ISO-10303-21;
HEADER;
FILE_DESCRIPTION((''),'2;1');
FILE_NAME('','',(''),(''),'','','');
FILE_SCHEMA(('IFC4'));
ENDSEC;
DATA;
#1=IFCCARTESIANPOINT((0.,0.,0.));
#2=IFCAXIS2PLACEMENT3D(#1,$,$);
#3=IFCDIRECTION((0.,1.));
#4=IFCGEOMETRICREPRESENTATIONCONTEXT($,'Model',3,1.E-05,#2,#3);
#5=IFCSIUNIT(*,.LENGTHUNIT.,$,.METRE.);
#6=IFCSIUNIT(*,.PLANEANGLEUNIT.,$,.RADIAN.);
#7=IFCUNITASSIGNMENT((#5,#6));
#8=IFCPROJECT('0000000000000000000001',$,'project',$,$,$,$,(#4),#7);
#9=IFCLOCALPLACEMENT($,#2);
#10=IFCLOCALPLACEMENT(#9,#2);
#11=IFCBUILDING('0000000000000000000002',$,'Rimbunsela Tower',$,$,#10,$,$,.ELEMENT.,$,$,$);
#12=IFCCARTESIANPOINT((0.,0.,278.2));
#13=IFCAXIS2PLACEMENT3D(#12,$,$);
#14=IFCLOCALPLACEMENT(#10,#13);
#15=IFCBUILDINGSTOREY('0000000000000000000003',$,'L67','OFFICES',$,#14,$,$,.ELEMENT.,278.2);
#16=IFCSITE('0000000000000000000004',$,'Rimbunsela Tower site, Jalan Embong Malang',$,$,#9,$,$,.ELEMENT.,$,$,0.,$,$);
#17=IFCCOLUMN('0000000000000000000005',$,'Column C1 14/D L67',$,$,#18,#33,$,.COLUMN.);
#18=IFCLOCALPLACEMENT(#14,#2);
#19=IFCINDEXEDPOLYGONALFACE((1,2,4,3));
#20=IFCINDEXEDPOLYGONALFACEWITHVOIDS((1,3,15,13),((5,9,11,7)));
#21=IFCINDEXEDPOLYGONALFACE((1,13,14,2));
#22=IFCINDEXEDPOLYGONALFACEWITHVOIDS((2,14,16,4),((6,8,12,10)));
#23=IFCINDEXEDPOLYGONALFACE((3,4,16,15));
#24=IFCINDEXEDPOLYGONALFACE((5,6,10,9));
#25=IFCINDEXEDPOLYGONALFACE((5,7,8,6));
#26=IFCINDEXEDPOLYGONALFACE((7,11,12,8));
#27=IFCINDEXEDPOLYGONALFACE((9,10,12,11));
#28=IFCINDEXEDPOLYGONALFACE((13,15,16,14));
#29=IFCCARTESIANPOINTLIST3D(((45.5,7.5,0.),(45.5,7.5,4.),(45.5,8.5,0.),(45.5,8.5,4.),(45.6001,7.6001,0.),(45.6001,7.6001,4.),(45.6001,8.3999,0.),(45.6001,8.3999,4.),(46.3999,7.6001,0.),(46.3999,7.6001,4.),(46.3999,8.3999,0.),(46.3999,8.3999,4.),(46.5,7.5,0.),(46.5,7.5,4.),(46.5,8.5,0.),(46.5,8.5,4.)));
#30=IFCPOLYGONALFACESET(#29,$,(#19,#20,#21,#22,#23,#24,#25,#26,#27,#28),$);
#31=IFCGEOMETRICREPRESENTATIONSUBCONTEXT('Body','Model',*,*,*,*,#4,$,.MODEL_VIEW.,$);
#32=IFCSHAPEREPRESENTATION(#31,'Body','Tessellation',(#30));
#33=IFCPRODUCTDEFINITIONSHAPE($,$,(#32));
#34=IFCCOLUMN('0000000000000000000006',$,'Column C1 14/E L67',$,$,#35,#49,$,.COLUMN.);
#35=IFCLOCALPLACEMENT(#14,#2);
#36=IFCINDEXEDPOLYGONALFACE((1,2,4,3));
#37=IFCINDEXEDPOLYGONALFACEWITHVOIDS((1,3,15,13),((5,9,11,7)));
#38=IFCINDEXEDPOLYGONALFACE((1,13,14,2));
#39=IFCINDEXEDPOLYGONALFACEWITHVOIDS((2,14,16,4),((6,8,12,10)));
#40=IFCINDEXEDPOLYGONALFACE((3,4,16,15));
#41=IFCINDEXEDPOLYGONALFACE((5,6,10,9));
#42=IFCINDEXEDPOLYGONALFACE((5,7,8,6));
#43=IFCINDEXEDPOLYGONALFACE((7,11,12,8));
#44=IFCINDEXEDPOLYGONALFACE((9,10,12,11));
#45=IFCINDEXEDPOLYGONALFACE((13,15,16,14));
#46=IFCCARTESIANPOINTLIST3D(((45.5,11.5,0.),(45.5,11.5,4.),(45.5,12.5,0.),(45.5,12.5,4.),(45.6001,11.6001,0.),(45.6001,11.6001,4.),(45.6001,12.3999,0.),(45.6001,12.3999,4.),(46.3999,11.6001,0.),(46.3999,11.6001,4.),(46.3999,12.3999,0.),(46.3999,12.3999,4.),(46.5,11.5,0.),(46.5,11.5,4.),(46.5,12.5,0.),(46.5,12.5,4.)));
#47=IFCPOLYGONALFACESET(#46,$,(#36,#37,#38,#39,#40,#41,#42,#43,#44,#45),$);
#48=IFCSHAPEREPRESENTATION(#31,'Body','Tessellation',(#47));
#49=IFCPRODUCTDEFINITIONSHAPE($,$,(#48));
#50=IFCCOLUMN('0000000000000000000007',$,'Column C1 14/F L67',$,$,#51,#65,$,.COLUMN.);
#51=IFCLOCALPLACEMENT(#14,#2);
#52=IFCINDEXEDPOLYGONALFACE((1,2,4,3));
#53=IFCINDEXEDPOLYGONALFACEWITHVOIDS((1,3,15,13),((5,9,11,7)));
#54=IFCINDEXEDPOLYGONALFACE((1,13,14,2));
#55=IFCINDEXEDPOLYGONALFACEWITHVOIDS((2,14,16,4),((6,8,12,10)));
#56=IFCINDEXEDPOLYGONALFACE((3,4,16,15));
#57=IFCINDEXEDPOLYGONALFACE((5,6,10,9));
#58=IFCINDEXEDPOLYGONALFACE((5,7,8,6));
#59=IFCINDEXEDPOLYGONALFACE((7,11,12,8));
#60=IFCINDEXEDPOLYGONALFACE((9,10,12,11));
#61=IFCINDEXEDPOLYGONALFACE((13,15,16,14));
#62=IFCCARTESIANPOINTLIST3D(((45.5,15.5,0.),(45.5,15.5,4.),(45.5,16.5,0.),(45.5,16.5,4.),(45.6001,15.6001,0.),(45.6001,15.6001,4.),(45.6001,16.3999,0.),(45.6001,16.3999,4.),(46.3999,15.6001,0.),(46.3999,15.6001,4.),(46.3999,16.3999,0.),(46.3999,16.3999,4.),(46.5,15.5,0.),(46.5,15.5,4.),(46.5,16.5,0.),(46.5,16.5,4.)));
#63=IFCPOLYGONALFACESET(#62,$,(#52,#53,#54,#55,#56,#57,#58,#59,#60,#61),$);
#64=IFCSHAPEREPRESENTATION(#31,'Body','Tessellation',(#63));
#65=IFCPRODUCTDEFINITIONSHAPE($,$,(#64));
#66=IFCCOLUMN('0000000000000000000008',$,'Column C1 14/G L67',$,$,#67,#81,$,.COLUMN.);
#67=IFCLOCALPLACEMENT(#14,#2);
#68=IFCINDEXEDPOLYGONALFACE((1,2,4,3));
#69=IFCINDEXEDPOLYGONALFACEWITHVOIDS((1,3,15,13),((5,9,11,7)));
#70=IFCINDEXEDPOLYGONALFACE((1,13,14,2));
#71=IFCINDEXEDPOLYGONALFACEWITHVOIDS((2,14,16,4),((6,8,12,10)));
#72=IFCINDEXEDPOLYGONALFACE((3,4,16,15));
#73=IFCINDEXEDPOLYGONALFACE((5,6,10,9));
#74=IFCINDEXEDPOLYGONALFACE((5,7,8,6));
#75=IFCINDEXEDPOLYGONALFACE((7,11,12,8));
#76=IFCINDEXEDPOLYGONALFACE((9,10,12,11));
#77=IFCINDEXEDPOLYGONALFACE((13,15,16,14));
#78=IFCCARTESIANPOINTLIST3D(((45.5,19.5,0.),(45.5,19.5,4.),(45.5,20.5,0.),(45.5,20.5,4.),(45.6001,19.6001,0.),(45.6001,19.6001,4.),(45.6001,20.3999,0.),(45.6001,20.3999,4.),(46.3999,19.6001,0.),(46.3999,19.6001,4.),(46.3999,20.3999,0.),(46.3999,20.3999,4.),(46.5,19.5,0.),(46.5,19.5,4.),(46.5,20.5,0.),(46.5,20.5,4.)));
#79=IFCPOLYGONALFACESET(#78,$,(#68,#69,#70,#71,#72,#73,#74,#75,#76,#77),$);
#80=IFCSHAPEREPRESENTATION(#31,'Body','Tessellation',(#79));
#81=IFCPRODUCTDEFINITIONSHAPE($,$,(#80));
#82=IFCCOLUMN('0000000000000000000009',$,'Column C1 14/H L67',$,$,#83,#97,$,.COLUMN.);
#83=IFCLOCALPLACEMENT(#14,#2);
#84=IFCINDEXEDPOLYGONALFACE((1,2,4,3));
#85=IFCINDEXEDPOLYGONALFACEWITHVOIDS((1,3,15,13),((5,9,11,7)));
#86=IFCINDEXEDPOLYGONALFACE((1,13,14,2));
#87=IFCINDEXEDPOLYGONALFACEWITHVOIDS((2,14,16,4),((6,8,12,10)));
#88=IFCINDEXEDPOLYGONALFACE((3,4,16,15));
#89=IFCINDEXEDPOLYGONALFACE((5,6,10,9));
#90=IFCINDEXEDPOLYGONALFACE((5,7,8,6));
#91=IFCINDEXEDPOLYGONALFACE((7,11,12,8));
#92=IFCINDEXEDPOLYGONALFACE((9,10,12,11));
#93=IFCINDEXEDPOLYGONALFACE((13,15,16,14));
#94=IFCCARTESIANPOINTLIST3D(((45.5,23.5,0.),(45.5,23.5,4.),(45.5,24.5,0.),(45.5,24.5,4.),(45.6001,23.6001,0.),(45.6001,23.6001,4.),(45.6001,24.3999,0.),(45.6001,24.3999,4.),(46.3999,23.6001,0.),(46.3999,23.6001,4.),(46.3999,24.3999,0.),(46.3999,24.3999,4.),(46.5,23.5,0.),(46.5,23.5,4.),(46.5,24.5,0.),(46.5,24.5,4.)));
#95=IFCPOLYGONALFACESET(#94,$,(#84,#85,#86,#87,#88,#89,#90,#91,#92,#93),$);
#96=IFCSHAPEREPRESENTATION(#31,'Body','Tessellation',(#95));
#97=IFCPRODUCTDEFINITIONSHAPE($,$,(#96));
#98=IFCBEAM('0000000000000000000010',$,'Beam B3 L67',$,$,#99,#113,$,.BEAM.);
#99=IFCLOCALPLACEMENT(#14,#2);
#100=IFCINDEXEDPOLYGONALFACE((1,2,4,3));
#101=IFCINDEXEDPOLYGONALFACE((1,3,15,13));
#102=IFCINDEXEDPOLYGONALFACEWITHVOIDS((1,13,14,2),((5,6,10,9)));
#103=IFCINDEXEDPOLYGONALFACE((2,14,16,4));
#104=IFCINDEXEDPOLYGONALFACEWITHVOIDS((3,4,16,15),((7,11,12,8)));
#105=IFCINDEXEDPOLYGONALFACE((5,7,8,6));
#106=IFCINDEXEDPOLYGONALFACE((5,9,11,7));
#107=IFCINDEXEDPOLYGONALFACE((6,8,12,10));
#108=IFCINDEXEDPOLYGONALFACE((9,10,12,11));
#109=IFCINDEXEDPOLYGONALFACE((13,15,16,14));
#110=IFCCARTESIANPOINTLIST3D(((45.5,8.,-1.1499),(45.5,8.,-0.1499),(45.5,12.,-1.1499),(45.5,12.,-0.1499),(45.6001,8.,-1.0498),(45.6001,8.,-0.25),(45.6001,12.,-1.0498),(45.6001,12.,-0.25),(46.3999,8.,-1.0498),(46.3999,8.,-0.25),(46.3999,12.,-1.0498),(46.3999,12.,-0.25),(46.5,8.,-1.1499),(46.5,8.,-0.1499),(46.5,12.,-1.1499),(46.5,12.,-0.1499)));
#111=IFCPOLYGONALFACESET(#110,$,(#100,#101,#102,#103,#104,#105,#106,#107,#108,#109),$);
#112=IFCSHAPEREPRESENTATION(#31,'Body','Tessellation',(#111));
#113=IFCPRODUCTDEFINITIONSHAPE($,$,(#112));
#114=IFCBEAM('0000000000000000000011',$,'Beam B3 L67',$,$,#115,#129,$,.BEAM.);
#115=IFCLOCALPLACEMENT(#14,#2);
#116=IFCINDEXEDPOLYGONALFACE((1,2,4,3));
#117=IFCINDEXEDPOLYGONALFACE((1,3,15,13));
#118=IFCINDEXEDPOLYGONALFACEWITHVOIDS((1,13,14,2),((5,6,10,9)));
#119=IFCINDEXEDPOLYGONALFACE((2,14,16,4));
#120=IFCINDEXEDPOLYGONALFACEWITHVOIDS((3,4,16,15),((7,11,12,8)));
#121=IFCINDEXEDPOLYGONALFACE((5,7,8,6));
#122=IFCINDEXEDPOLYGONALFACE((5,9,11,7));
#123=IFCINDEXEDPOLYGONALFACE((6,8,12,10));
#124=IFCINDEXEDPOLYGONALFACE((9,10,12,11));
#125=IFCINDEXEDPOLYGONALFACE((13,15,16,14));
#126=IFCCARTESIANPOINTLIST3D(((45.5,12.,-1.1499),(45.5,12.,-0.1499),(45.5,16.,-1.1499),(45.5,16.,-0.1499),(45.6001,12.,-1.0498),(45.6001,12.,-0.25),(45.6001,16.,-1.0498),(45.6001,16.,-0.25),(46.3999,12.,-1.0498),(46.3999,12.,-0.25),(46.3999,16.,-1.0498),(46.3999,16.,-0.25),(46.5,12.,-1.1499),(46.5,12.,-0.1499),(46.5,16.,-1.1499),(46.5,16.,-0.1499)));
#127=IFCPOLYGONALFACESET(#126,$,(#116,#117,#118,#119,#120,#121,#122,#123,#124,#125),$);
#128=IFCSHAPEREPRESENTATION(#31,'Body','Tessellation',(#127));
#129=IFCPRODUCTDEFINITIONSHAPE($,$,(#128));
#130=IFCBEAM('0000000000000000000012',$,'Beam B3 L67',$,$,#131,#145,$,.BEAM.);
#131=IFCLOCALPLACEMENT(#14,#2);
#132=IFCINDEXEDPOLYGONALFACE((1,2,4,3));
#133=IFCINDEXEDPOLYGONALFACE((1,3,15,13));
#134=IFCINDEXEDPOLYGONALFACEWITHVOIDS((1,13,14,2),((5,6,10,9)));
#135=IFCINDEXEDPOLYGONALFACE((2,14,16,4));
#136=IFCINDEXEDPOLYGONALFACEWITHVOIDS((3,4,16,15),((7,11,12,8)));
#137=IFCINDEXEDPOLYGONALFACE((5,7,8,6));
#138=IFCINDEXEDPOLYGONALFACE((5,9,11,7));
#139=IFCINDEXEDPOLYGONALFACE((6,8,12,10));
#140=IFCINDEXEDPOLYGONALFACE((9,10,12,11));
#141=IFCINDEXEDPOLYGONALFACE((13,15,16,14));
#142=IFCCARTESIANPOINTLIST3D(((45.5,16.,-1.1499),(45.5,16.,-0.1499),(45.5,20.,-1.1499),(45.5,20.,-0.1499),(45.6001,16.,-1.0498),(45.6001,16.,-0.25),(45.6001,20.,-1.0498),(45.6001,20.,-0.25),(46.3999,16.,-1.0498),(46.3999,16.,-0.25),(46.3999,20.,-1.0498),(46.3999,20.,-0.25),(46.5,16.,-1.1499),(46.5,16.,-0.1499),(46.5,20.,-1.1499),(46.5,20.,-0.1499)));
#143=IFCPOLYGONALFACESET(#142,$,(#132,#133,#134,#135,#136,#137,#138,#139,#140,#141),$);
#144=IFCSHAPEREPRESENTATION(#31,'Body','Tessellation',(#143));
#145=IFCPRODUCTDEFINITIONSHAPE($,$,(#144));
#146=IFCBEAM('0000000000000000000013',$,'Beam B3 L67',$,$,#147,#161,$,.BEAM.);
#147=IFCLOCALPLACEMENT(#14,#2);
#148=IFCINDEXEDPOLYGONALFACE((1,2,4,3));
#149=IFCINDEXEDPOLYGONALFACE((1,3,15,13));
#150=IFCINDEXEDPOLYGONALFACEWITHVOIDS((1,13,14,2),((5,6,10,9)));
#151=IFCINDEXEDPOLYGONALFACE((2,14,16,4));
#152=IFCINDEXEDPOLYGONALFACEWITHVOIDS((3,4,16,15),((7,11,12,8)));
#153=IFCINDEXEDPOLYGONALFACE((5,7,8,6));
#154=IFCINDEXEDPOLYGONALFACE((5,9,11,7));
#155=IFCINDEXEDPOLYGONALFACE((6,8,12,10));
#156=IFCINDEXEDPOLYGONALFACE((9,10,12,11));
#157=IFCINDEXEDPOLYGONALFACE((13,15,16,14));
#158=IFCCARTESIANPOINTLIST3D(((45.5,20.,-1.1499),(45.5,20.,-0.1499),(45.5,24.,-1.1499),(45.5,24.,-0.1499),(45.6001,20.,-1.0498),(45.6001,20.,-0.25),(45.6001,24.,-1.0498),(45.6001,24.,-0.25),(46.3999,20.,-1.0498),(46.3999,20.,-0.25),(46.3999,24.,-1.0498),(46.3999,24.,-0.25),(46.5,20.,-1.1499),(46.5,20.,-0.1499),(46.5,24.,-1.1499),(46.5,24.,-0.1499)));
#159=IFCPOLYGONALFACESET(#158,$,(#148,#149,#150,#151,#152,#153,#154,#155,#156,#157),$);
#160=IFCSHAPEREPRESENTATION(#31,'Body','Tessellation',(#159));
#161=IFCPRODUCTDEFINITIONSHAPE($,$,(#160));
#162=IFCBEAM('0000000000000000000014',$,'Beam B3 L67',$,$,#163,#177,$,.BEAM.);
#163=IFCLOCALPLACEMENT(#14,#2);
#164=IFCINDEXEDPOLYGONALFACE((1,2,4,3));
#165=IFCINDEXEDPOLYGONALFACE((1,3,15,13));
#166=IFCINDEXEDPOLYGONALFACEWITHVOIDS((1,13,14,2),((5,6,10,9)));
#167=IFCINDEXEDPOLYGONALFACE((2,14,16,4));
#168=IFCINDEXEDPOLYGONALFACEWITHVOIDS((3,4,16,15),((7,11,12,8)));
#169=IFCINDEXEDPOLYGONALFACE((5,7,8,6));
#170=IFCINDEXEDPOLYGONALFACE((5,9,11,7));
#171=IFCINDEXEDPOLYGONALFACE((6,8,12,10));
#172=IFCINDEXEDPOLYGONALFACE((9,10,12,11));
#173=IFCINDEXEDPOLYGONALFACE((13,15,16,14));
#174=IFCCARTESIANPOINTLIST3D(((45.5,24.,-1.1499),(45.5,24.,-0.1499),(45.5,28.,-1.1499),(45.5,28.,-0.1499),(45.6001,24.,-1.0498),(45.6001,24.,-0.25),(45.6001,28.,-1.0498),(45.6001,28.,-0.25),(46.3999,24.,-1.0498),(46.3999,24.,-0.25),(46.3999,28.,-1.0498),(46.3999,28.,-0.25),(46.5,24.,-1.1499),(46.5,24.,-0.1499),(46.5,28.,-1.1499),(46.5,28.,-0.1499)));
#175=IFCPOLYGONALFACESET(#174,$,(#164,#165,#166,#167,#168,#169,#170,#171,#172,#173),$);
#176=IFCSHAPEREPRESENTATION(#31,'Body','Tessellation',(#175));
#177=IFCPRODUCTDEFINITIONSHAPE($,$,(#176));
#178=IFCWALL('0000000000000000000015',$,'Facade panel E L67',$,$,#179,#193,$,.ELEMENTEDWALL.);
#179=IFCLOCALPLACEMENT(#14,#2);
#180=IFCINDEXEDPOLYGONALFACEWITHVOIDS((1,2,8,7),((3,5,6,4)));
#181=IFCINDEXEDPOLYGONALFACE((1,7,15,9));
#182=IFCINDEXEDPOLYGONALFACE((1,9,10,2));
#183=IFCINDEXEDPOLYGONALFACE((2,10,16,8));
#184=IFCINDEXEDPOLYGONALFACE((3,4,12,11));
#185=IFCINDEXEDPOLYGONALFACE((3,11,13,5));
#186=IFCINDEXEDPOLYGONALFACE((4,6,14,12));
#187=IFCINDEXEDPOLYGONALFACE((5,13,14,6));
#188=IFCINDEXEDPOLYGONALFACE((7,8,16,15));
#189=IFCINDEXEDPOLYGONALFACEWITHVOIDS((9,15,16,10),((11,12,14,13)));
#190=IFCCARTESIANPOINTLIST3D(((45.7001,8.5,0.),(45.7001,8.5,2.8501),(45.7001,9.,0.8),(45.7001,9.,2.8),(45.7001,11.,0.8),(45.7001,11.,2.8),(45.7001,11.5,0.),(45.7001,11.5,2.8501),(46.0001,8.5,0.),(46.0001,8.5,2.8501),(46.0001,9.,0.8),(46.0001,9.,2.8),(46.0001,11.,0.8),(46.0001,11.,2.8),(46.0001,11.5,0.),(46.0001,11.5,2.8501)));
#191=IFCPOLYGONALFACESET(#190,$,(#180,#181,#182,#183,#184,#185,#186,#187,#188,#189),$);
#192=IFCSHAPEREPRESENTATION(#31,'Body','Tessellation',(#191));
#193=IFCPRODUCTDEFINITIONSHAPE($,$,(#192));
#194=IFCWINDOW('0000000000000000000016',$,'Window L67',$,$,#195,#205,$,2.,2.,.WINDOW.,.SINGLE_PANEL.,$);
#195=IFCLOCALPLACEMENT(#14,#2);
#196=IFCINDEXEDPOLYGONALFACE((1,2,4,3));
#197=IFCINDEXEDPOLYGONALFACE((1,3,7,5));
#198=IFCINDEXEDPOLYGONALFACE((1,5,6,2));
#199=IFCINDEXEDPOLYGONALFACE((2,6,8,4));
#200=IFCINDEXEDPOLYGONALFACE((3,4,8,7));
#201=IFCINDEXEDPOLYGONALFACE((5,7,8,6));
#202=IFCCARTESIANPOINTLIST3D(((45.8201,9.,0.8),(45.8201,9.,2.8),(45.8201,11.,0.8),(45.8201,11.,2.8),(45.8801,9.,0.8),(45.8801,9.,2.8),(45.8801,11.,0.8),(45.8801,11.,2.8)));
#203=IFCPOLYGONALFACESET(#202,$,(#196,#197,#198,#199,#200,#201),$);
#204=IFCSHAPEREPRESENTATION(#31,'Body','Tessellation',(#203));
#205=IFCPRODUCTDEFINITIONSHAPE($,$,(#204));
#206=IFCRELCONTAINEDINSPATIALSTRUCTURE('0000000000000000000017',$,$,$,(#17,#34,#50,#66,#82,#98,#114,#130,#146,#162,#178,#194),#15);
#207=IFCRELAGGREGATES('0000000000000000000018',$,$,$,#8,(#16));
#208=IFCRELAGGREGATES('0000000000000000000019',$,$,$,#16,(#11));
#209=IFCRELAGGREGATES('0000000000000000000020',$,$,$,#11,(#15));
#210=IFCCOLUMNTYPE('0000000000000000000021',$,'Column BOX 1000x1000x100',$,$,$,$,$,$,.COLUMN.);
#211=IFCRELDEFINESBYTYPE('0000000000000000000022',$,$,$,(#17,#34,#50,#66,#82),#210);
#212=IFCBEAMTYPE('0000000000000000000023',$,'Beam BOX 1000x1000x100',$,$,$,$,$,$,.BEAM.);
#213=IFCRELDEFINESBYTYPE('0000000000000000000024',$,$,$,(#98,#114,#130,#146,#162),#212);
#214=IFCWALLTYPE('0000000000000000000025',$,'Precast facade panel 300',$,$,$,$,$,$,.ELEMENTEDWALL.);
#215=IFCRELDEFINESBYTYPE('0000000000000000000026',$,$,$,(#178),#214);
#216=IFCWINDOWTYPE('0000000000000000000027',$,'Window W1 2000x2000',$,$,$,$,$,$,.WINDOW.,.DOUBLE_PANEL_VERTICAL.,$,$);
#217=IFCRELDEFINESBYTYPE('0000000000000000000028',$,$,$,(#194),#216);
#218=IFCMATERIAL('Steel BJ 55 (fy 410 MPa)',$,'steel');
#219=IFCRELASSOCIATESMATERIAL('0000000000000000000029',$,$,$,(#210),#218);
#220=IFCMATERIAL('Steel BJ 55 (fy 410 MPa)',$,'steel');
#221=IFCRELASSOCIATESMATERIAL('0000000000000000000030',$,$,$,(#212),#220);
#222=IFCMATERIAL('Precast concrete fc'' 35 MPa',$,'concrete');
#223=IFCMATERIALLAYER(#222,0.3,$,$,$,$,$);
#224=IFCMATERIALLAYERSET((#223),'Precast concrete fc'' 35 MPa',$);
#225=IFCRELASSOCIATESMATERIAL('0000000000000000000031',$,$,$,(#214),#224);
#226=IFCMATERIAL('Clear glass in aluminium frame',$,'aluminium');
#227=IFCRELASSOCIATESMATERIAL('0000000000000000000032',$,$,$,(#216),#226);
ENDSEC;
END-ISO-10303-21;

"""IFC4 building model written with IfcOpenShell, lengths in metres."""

from ifc_helpers import new_model, si_unit, direction, frame, frame_2d, origin, origin_2d, place, context, subcontext, project, spatial, rectangle, hollow_rectangle, extrude, material, layer, layer_set, material_profile, profile_set, type_object, element, fill, save


model = new_model("IFC4")

# Units and contexts
model_context = context("Model", 3, precision=1e-05, world=origin(), true_north=direction((0.0, 1.0)))
body_context = subcontext(model_context, "Body", "Model", "MODEL_VIEW")
ifc_project = project(units=[si_unit("LENGTHUNIT", "METRE"), si_unit("PLANEANGLEUNIT", "RADIAN")], contexts=[model_context])

# Site, building, storey
site_placement = place(None, origin())
site = spatial("IfcSite", under=ifc_project, at=site_placement, Name="Rimbunsela Tower site, Jalan Embong Malang", CompositionType="ELEMENT", RefElevation=0.0)
building_placement = place(site_placement, origin())
building = spatial("IfcBuilding", under=site, at=building_placement, Name="Rimbunsela Tower", CompositionType="ELEMENT")
storey_placement = place(building_placement, frame((0.0, 0.0, 278.2)))
storey = spatial("IfcBuildingStorey", under=building, at=storey_placement, Name="L67", Description="OFFICES", CompositionType="ELEMENT", Elevation=278.2)

# Columns
ifc_material_1 = material(Name="Steel BJ 55 (fy 410 MPa)", Category="steel")
ifc_material_profile_1 = material_profile(ifc_material_1, hollow_rectangle(XDim=1.0, YDim=1.0, WallThickness=0.1001, at=origin_2d()), Name="BOX 1000x1000x100")
ifc_profile_set_1 = profile_set([ifc_material_profile_1], Name="Steel BJ 55 (fy 410 MPa)")
column_type = type_object("IfcColumnType", Name="Column BOX 1000x1000x100", PredefinedType="COLUMN", material=ifc_profile_set_1)
for number, where, z_axis, x_axis, name in (
    (1, (46.0, 8.0, 0.0), (0.0, 0.0, 1.0), (1.0, 0.0, 0.0), "Column C1 14/D L67"),
    (2, (46.0, 12.0, 0.0), (0.0, 0.0, 1.0), (1.0, 0.0, 0.0), "Column C1 14/E L67"),
    (3, (46.0, 16.0, 0.0), (0.0, 0.0, 1.0), (1.0, 0.0, 0.0), "Column C1 14/F L67"),
    (4, (46.0, 20.0, 0.0), (0.0, 0.0, 1.0), (1.0, 0.0, 0.0), "Column C1 14/G L67"),
    (5, (46.0, 24.0, 0.0), (0.0, 0.0, 1.0), (1.0, 0.0, 0.0), "Column C1 14/H L67"),
):
    element("IfcColumn", number, at=place(storey_placement, frame(where, z_axis=z_axis, x_axis=x_axis)), inside=storey, type_object=column_type, Name=name, PredefinedType="COLUMN", context=body_context, shape_type="SweptSolid", body=[
        extrude(hollow_rectangle(XDim=1.0, YDim=1.0, WallThickness=0.1001, at=origin_2d()), origin(), (0.0, 0.0, 1.0), 4.0),
    ])

# Beams
ifc_material_2 = material(Name="Steel BJ 55 (fy 410 MPa)", Category="steel")
ifc_material_profile_2 = material_profile(ifc_material_2, hollow_rectangle(XDim=1.0, YDim=1.0, WallThickness=0.1001, at=origin_2d()), Name="BOX 1000x1000x100")
ifc_profile_set_2 = profile_set([ifc_material_profile_2], Name="Steel BJ 55 (fy 410 MPa)")
beam_type = type_object("IfcBeamType", Name="Beam BOX 1000x1000x100", PredefinedType="BEAM", material=ifc_profile_set_2)
for number, where, z_axis, x_axis, name in (
    (6, (46.0, 8.0, -0.6499), (0.0, 1.0, 0.0), (-1.0, 0.0, 0.0), "Beam B3 L67"),
    (7, (46.0, 12.0, -0.6499), (0.0, 1.0, 0.0), (-1.0, 0.0, 0.0), "Beam B3 L67"),
    (8, (46.0, 16.0, -0.6499), (0.0, 1.0, 0.0), (-1.0, 0.0, 0.0), "Beam B3 L67"),
    (9, (46.0, 20.0, -0.6499), (0.0, 1.0, 0.0), (-1.0, 0.0, 0.0), "Beam B3 L67"),
    (10, (46.0, 24.0, -0.6499), (0.0, 1.0, 0.0), (-1.0, 0.0, 0.0), "Beam B3 L67"),
):
    element("IfcBeam", number, at=place(storey_placement, frame(where, z_axis=z_axis, x_axis=x_axis)), inside=storey, type_object=beam_type, Name=name, PredefinedType="BEAM", context=body_context, shape_type="SweptSolid", body=[
        extrude(hollow_rectangle(XDim=1.0, YDim=1.0, WallThickness=0.1001, at=origin_2d()), origin(), (0.0, 0.0, 1.0), 4.0),
    ])

# Wall, opening, window
ifc_material_3 = material(Name="Precast concrete fc' 35 MPa", Category="concrete")
ifc_layer_1 = layer(ifc_material_3, 0.3)
ifc_layer_set_1 = layer_set([ifc_layer_1], Name="Precast concrete fc' 35 MPa")
wall_type_1 = type_object("IfcWallType", Name="Precast facade panel 300", PredefinedType="ELEMENTEDWALL", material=ifc_layer_set_1)
wall_1_placement = place(storey_placement, frame((45.8501, 8.5, 0.0), z_axis=(0.0, 0.0, 1.0), x_axis=(0.0, 1.0, 0.0)))
wall_1 = element("IfcWall", 11, at=wall_1_placement, inside=storey, type_object=wall_type_1, Name="Facade panel E L67", PredefinedType="ELEMENTEDWALL", context=body_context, shape_type="SweptSolid", body=[
    extrude(rectangle(XDim=3.0, YDim=0.3, at=frame_2d((1.5, 0.0))), origin(), (0.0, 0.0, 1.0), 2.8501),
])
opening_1_placement = place(wall_1_placement, frame((0.5, 0.0, 0.8)))
opening_1 = element("IfcOpeningElement", 12, at=opening_1_placement, cuts=wall_1, PredefinedType="OPENING", context=body_context, shape_type="SweptSolid", body=[
    extrude(rectangle(XDim=2.0, YDim=2.0, at=frame_2d((1.0, 1.0))), frame((0.0, 0.1599, 0.0), z_axis=(0.0, -1.0, 0.0), x_axis=(1.0, 0.0, 0.0)), (0.0, 0.0, 1.0), 0.3201),
])
ifc_material_4 = material(Name="Clear glass in aluminium frame", Category="aluminium")
window_type = type_object("IfcWindowType", Name="Window W1 2000x2000", PartitioningType="DOUBLE_PANEL_VERTICAL", PredefinedType="WINDOW", material=ifc_material_4)
window_1_placement = place(opening_1_placement, origin())
window_1 = element("IfcWindow", 13, at=window_1_placement, inside=storey, type_object=window_type, Name="Window L67", OverallHeight=2.0, OverallWidth=2.0, PartitioningType="SINGLE_PANEL", PredefinedType="WINDOW", context=body_context, shape_type="SweptSolid", body=[
    extrude(rectangle(XDim=2.0, YDim=2.0, at=frame_2d((1.0, 1.0))), frame((0.0, 0.03, 0.0), z_axis=(0.0, -1.0, 0.0), x_axis=(1.0, 0.0, 0.0)), (0.0, 0.0, 1.0), 0.0601),
])
fill(opening_1, window_1)

save(model, "model.ifc")
